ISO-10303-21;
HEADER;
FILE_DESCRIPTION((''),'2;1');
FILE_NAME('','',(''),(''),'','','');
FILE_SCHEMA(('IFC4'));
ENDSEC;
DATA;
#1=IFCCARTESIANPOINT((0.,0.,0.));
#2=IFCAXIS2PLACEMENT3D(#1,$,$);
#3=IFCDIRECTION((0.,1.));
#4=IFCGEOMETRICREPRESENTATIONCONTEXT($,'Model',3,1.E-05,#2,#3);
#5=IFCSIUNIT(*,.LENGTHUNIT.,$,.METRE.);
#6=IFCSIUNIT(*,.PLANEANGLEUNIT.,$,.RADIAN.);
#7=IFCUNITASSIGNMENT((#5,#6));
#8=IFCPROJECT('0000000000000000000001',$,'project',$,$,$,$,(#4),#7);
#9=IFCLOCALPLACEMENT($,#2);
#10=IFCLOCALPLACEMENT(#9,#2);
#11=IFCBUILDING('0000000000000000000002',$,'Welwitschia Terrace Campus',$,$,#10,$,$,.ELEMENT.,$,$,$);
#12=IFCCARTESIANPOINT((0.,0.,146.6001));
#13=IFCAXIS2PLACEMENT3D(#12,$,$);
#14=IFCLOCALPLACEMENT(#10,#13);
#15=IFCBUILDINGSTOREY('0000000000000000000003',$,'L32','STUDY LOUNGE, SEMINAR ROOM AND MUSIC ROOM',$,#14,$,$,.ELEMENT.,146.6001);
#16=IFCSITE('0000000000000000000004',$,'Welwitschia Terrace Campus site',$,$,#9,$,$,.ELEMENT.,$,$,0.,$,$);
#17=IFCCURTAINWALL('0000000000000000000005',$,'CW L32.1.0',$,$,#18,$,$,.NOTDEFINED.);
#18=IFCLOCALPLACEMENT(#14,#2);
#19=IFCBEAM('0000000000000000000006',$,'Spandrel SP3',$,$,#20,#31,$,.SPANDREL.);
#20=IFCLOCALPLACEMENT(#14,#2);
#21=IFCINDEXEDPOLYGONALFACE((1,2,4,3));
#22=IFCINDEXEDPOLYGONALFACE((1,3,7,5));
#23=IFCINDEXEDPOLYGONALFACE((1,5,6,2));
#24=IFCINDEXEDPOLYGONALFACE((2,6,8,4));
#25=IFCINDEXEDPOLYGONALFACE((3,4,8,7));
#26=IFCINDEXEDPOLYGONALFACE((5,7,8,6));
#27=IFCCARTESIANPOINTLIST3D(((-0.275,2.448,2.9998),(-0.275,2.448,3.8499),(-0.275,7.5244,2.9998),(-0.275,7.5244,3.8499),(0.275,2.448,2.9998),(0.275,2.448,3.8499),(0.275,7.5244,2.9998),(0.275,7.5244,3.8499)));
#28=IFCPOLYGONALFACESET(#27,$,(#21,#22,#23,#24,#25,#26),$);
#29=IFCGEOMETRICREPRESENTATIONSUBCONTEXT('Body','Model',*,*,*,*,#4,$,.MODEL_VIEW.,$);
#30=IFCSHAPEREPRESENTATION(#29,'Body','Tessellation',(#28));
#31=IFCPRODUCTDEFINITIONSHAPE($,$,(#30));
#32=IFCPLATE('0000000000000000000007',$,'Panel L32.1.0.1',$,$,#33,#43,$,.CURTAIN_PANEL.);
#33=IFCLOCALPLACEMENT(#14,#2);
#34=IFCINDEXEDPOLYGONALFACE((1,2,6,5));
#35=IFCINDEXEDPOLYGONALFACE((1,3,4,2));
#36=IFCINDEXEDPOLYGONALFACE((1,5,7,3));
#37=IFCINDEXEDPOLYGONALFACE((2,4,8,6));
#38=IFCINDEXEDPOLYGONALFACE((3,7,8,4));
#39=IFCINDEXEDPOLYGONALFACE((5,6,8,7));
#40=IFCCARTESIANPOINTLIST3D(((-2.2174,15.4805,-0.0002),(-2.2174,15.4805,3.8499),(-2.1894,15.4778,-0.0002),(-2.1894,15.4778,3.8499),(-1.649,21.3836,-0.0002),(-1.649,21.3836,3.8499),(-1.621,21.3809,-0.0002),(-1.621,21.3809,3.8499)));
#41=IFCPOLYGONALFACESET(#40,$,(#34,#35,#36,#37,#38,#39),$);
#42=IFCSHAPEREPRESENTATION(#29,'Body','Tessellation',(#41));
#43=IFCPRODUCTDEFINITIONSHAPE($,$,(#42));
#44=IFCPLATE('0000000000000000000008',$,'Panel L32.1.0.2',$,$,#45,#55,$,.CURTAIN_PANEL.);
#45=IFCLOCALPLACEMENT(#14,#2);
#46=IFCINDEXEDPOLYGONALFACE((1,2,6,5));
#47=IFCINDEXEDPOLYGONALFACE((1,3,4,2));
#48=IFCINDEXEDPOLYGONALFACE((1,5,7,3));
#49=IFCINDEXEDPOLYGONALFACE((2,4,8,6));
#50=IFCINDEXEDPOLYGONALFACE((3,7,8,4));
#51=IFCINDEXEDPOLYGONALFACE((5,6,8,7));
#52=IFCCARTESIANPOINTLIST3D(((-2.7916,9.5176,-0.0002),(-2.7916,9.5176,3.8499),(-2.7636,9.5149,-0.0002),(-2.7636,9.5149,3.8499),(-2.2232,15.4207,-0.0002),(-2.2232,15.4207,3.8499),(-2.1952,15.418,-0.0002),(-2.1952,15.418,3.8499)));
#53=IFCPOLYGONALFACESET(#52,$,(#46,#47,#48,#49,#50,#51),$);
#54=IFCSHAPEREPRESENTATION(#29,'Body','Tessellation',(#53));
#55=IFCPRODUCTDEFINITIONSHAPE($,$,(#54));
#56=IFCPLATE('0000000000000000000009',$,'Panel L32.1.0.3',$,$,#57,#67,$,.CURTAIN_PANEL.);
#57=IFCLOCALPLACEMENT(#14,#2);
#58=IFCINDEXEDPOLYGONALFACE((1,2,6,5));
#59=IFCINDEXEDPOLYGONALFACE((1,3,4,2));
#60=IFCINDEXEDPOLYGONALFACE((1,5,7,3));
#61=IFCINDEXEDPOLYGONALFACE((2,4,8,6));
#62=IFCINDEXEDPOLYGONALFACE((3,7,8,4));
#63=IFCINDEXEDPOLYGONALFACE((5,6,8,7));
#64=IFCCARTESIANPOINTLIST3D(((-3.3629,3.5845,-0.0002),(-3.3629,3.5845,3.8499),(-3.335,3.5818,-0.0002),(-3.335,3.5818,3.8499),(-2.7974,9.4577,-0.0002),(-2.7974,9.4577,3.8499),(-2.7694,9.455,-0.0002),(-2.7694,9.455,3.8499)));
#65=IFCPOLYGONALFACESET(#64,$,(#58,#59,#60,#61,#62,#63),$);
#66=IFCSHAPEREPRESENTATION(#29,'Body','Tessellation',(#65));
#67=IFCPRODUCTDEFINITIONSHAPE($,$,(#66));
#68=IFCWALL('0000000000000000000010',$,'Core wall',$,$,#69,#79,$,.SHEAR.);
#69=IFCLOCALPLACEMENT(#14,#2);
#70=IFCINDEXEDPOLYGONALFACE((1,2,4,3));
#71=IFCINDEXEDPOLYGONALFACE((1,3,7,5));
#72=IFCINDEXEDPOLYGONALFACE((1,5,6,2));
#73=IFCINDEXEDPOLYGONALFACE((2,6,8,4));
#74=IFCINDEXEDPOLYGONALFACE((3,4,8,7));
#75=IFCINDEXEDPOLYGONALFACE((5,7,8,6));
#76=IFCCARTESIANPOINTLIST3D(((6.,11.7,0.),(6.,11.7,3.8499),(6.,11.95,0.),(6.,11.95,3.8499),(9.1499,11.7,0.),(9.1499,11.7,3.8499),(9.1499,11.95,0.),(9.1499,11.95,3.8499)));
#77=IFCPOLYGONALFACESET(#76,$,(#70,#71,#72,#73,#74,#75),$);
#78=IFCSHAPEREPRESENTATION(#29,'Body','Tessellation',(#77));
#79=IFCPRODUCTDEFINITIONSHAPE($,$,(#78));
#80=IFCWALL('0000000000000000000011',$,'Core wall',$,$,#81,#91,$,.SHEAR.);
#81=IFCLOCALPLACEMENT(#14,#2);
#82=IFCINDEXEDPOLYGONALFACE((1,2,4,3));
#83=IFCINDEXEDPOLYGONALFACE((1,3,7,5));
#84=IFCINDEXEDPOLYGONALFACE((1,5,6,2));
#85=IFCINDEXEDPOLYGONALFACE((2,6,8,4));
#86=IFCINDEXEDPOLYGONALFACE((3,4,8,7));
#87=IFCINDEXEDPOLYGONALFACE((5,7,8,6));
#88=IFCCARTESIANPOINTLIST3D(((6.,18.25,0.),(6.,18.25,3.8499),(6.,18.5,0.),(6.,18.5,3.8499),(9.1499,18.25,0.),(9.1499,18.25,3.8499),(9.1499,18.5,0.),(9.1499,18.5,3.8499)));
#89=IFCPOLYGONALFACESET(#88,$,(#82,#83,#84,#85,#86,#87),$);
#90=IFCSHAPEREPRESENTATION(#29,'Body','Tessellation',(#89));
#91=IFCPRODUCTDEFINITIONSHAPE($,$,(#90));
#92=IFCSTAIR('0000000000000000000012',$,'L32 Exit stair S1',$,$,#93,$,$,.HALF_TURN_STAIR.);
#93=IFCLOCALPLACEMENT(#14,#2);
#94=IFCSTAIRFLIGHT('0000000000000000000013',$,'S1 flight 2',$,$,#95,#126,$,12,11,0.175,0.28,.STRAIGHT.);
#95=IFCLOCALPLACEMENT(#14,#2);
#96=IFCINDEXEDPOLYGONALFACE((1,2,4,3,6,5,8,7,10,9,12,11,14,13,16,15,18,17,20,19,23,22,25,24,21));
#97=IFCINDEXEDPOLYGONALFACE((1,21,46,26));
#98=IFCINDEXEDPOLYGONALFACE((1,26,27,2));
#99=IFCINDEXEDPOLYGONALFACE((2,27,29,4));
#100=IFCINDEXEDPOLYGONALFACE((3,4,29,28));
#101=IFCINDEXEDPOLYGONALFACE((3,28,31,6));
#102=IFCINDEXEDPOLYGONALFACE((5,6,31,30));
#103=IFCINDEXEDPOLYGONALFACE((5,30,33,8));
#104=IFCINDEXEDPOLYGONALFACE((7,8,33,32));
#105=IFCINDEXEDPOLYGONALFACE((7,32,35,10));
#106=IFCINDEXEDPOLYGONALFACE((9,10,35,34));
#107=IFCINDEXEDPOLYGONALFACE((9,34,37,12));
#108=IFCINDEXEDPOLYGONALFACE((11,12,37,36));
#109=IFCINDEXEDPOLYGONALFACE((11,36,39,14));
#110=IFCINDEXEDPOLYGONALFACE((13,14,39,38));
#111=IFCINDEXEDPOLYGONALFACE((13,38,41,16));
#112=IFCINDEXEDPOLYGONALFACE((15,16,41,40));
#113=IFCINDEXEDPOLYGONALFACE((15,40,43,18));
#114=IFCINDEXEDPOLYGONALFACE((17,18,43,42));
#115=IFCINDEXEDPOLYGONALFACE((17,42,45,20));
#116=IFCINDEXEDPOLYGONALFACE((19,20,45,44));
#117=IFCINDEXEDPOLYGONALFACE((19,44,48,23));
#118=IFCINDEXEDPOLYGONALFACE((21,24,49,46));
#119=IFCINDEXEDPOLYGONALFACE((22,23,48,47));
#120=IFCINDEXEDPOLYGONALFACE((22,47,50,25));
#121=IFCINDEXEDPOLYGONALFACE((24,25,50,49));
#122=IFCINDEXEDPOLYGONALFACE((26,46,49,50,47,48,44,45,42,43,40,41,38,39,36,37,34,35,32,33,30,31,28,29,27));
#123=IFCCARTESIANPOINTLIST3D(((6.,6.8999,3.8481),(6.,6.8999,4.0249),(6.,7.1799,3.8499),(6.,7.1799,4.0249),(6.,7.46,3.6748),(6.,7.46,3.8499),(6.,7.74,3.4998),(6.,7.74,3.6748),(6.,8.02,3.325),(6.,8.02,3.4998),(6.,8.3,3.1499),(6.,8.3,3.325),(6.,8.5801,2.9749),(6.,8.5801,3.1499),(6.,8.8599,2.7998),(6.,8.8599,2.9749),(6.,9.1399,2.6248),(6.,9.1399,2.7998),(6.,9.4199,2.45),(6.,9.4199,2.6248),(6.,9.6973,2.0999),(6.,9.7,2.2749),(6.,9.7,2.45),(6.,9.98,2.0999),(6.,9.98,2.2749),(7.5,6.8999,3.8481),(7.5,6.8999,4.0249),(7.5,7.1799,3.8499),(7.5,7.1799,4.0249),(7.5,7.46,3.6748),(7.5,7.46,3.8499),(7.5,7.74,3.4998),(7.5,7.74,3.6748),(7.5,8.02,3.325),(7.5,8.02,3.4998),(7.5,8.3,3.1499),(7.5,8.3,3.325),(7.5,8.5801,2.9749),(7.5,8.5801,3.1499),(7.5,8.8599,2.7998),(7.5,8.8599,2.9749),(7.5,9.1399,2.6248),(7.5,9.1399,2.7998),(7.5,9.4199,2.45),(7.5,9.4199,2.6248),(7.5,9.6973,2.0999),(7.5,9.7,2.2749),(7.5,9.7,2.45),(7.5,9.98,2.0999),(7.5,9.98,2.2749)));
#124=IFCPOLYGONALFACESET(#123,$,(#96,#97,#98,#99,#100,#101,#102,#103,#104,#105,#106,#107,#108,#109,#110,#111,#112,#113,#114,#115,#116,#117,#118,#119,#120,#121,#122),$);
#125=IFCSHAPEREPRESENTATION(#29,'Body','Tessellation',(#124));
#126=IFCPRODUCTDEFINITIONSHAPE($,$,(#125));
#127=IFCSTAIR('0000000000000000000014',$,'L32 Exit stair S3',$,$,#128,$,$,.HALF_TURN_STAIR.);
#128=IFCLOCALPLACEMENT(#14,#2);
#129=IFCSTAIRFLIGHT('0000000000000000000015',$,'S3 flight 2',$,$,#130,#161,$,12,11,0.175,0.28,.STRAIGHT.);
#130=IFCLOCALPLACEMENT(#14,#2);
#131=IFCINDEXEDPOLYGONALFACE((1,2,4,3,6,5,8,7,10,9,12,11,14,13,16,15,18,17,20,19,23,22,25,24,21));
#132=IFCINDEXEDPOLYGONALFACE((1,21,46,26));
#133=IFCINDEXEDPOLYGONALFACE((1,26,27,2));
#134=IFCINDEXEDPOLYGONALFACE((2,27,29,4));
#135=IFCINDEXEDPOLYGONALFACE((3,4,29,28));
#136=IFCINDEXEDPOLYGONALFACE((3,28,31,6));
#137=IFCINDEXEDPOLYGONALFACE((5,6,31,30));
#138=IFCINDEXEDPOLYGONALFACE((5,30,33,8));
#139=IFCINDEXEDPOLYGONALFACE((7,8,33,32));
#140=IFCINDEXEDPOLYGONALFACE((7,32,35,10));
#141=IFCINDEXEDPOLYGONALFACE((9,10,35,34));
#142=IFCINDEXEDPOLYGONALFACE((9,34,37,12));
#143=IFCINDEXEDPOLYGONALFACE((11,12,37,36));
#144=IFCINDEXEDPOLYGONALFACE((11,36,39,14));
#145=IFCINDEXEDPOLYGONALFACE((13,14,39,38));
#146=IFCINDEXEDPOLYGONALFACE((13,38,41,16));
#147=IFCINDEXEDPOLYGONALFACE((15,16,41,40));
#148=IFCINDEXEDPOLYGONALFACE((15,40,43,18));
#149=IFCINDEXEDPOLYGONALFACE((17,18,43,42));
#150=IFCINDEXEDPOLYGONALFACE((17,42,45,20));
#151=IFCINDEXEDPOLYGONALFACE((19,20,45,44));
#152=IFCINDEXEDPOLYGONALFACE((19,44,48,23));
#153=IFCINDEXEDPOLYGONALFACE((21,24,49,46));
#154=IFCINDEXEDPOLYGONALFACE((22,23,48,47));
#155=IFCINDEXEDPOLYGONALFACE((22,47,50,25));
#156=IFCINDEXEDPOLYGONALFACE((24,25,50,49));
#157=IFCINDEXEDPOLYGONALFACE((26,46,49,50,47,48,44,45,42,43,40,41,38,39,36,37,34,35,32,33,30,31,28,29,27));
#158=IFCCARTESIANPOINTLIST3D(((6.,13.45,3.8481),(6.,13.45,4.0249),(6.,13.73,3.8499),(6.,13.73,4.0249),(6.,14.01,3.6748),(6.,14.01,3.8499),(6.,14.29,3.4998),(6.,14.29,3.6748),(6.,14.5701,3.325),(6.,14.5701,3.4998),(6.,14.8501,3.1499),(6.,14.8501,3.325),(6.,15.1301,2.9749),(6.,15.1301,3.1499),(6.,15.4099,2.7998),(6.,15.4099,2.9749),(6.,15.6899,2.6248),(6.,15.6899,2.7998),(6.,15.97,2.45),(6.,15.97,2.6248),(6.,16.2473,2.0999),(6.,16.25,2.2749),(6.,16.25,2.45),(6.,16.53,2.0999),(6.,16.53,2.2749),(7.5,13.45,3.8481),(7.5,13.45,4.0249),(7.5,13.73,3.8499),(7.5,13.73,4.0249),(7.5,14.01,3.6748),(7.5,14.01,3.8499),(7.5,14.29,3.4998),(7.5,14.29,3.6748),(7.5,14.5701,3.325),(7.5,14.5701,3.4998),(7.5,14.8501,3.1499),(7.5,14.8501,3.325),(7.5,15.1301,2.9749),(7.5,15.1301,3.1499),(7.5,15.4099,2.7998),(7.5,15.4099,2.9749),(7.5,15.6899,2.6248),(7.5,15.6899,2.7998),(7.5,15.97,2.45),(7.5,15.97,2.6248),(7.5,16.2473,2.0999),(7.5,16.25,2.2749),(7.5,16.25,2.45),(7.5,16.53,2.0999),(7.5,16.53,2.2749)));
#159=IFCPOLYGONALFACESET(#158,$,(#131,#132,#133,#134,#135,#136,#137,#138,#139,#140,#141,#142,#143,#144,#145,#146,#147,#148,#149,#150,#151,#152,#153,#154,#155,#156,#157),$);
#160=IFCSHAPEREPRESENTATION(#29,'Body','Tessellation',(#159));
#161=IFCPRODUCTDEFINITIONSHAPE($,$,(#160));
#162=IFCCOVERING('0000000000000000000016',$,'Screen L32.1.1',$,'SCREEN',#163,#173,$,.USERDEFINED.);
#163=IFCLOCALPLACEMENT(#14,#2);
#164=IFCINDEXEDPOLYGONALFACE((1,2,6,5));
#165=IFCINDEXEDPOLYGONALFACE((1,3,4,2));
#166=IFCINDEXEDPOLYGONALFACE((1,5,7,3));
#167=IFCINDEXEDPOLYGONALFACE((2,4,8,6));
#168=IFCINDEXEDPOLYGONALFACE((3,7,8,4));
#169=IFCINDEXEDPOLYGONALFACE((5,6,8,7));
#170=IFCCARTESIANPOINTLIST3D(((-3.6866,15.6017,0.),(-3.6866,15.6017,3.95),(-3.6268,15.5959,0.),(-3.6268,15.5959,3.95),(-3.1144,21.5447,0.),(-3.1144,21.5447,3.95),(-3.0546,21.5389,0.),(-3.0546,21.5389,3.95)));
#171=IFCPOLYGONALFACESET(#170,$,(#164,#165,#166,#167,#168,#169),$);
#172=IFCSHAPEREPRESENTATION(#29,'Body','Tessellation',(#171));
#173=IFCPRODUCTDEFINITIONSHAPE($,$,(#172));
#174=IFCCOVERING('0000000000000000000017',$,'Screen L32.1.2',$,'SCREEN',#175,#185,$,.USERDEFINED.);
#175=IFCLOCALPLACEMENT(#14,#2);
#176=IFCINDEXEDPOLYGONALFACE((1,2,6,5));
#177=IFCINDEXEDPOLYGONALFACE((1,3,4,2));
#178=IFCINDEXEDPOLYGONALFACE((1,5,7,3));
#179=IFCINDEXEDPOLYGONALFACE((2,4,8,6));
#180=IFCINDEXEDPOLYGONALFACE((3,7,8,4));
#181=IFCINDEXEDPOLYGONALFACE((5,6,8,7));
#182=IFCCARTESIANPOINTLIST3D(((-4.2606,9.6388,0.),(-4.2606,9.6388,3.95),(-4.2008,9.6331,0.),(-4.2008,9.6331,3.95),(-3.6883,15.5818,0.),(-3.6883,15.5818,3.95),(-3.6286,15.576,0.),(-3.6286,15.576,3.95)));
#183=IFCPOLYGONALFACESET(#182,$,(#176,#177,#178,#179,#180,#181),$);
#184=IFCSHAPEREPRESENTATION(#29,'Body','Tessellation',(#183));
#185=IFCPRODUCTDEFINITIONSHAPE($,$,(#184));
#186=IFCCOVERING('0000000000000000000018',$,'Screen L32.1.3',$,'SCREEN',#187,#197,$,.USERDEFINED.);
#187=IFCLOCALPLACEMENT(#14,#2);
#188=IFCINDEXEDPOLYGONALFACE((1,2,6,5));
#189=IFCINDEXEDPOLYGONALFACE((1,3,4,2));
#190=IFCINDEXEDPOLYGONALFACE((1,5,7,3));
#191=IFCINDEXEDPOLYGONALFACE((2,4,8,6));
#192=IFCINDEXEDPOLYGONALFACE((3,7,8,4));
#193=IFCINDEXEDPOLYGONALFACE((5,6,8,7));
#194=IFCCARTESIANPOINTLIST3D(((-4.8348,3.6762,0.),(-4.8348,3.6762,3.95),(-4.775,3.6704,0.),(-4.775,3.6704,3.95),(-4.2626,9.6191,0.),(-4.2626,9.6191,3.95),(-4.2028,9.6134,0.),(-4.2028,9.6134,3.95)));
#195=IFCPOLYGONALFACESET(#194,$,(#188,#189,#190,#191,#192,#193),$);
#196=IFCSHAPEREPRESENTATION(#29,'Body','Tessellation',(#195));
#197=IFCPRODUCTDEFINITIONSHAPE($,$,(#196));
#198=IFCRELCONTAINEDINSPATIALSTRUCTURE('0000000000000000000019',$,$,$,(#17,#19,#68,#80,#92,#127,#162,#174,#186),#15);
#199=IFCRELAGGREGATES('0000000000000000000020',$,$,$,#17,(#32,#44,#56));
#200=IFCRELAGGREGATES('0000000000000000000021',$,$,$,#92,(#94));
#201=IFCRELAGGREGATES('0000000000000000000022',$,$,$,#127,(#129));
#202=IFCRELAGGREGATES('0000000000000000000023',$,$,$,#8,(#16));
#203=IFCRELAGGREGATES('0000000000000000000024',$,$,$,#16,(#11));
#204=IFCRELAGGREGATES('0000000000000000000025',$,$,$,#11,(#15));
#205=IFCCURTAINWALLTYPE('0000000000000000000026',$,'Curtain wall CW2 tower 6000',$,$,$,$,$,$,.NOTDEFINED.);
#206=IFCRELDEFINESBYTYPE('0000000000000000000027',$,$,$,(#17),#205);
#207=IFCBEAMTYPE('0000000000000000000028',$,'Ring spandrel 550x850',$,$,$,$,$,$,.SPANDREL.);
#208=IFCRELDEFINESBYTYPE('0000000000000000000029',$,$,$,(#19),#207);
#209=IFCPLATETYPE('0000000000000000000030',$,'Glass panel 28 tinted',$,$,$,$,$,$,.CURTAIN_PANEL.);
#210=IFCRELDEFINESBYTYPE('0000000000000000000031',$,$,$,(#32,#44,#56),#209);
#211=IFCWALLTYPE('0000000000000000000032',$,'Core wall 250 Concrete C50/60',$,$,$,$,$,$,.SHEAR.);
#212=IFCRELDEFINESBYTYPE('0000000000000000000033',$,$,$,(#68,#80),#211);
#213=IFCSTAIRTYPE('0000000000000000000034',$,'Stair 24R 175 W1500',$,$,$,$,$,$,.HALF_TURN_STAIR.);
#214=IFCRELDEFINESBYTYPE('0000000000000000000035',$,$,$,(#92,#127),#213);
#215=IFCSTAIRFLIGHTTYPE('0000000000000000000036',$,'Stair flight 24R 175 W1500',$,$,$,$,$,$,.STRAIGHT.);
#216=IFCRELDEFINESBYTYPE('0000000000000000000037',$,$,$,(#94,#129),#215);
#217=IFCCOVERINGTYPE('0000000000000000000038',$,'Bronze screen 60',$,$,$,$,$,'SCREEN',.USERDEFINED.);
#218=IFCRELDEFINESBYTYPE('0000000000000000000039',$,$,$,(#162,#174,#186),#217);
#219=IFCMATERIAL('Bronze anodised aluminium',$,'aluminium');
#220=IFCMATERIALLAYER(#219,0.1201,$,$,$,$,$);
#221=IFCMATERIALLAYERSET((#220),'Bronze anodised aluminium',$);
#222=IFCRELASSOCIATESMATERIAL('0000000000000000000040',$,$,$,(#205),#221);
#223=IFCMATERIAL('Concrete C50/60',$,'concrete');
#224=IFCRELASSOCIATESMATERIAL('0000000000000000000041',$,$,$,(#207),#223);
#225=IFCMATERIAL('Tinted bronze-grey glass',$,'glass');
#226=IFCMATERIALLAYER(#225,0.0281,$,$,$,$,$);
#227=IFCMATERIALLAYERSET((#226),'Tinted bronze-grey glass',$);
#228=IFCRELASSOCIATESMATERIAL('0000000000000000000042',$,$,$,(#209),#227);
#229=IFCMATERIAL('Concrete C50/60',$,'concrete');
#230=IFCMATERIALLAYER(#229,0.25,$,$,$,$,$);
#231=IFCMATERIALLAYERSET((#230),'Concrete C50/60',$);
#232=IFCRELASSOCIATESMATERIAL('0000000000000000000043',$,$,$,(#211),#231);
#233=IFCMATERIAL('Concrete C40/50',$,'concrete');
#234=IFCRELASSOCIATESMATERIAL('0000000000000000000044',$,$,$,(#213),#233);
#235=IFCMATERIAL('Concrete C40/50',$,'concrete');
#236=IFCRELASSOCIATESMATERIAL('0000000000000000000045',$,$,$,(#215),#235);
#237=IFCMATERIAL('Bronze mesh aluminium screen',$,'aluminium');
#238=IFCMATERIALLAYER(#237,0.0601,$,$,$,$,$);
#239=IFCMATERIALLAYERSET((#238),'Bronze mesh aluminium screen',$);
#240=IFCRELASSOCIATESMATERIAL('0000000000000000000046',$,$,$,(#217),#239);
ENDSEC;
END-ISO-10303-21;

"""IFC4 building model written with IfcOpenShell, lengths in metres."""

from ifc_helpers import new_model, si_unit, direction, frame, frame_2d, origin, origin_2d, place, context, subcontext, project, spatial, polyline, rectangle, outline, extrude, material, layer, layer_set, material_profile, profile_set, type_object, element, aggregate, save


model = new_model("IFC4")

# Units and contexts
model_context = context("Model", 3, precision=1e-05, world=origin(), true_north=direction((0.0, 1.0)))
body_context = subcontext(model_context, "Body", "Model", "MODEL_VIEW")
ifc_project = project(units=[si_unit("LENGTHUNIT", "METRE"), si_unit("PLANEANGLEUNIT", "RADIAN")], contexts=[model_context])

# Site, building, storey
site_placement = place(None, origin())
site = spatial("IfcSite", under=ifc_project, at=site_placement, Name="Welwitschia Terrace Campus site", CompositionType="ELEMENT", RefElevation=0.0)
building_placement = place(site_placement, origin())
building = spatial("IfcBuilding", under=site, at=building_placement, Name="Welwitschia Terrace Campus", CompositionType="ELEMENT")
storey_placement = place(building_placement, frame((0.0, 0.0, 146.6001)))
storey = spatial("IfcBuildingStorey", under=building, at=storey_placement, Name="L32", Description="STUDY LOUNGE, SEMINAR ROOM AND MUSIC ROOM", CompositionType="ELEMENT", Elevation=146.6001)

# Curtain wall
ifc_material_1 = material(Name="Bronze anodised aluminium", Category="aluminium")
ifc_layer_1 = layer(ifc_material_1, 0.1201)
ifc_layer_set_1 = layer_set([ifc_layer_1], Name="Bronze anodised aluminium")
curtain_wall_type = type_object("IfcCurtainWallType", Name="Curtain wall CW2 tower 6000", PredefinedType="NOTDEFINED", material=ifc_layer_set_1)
curtain_wall_placement = place(storey_placement, origin())
curtain_wall = element("IfcCurtainWall", 1, at=curtain_wall_placement, inside=storey, type_object=curtain_wall_type, Name="CW L32.1.0", PredefinedType="NOTDEFINED")

# Beam
ifc_material_2 = material(Name="Concrete C50/60", Category="concrete")
ifc_material_profile_1 = material_profile(ifc_material_2, rectangle(XDim=0.55, YDim=0.8501, at=origin_2d()))
ifc_profile_set_1 = profile_set([ifc_material_profile_1], Name="Concrete C50/60")
beam_type_1 = type_object("IfcBeamType", Name="Ring spandrel 550x850", PredefinedType="SPANDREL", material=ifc_profile_set_1)
beam_1_placement = place(storey_placement, frame((0.0, 7.5244, 3.4248), z_axis=(0.0, -1.0, 0.0), x_axis=(1.0, 0.0, 0.0)))
element("IfcBeam", 2, at=beam_1_placement, inside=storey, type_object=beam_type_1, Name="Spandrel SP3", PredefinedType="SPANDREL", context=body_context, shape_type="SweptSolid", body=[
    extrude(rectangle(XDim=0.55, YDim=0.8501, at=origin_2d()), origin(), (0.0, 0.0, 1.0), 5.0764),
])

# Plates
ifc_material_3 = material(Name="Tinted bronze-grey glass", Category="glass")
ifc_layer_2 = layer(ifc_material_3, 0.0281)
ifc_layer_set_2 = layer_set([ifc_layer_2], Name="Tinted bronze-grey glass")
plate_type = type_object("IfcPlateType", Name="Glass panel 28 tinted", PredefinedType="CURTAIN_PANEL", material=ifc_layer_set_2)
plate_1_placement = place(storey_placement, frame((-1.9192, 18.4307, -0.0002), z_axis=(0.0, 0.0, 1.0), x_axis=(-0.095846, -0.995396, 0.0)))
plate_1 = element("IfcPlate", 3, at=plate_1_placement, type_object=plate_type, Name="Panel L32.1.0.1", PredefinedType="CURTAIN_PANEL", context=body_context, shape_type="SweptSolid", body=[
    extrude(rectangle(XDim=5.9304, YDim=0.0281, at=origin_2d()), origin(), (0.0, 0.0, 1.0), 3.8501),
])
plate_2_placement = place(storey_placement, frame((-2.4934, 12.4678, -0.0002), z_axis=(0.0, 0.0, 1.0), x_axis=(-0.095846, -0.995396, 0.0)))
plate_2 = element("IfcPlate", 4, at=plate_2_placement, type_object=plate_type, Name="Panel L32.1.0.2", PredefinedType="CURTAIN_PANEL", context=body_context, shape_type="SweptSolid", body=[
    extrude(rectangle(XDim=5.9304, YDim=0.0281, at=origin_2d()), origin(), (0.0, 0.0, 1.0), 3.8501),
])
plate_3_placement = place(storey_placement, frame((-3.0662, 6.5198, -0.0002), z_axis=(0.0, 0.0, 1.0), x_axis=(-0.095846, -0.995396, 0.0)))
plate_3 = element("IfcPlate", 5, at=plate_3_placement, type_object=plate_type, Name="Panel L32.1.0.3", PredefinedType="CURTAIN_PANEL", context=body_context, shape_type="SweptSolid", body=[
    extrude(rectangle(XDim=5.9004, YDim=0.0281, at=origin_2d()), origin(), (0.0, 0.0, 1.0), 3.8501),
])
aggregate(curtain_wall, [plate_1, plate_2, plate_3])

# Walls
ifc_material_4 = material(Name="Concrete C50/60", Category="concrete")
ifc_layer_3 = layer(ifc_material_4, 0.25)
ifc_layer_set_3 = layer_set([ifc_layer_3], Name="Concrete C50/60")
wall_type = type_object("IfcWallType", Name="Core wall 250 Concrete C50/60", PredefinedType="SHEAR", material=ifc_layer_set_3)
for number, where, z_axis, x_axis, name in (
    (6, (6.0, 11.825, 0.0), (0.0, 0.0, 1.0), (1.0, 0.0, 0.0), "Core wall"),
    (7, (6.0, 18.375, 0.0), (0.0, 0.0, 1.0), (1.0, 0.0, 0.0), "Core wall"),
):
    element("IfcWall", number, at=place(storey_placement, frame(where, z_axis=z_axis, x_axis=x_axis)), inside=storey, type_object=wall_type, Name=name, PredefinedType="SHEAR", context=body_context, shape_type="SweptSolid", body=[
        extrude(rectangle(XDim=3.1499, YDim=0.25, at=frame_2d((1.575, 0.0))), origin(), (0.0, 0.0, 1.0), 3.8499),
    ])

# Stairs, stair flights
ifc_material_5 = material(Name="Concrete C40/50", Category="concrete")
stair_type = type_object("IfcStairType", Name="Stair 24R 175 W1500", PredefinedType="HALF_TURN_STAIR", material=ifc_material_5)
stair_1_placement = place(storey_placement, origin())
stair_1 = element("IfcStair", 8, at=stair_1_placement, inside=storey, type_object=stair_type, Name="L32 Exit stair S1", PredefinedType="HALF_TURN_STAIR")
ifc_material_6 = material(Name="Concrete C40/50", Category="concrete")
stair_flight_type = type_object("IfcStairFlightType", Name="Stair flight 24R 175 W1500", PredefinedType="STRAIGHT", material=ifc_material_6)
stair_flight_1_placement = place(storey_placement, frame((6.75, 9.98, 2.0999), z_axis=(0.0, 0.0, 1.0), x_axis=(0.0, -1.0, 0.0)))
stair_flight_1 = element("IfcStairFlight", 9, at=stair_flight_1_placement, type_object=stair_flight_type, Name="S1 flight 2", NumberOfRisers=12, NumberOfTreads=11, PredefinedType="STRAIGHT", RiserHeight=0.175, TreadLength=0.28, context=body_context, shape_type="SweptSolid", body=[
    extrude(outline(polyline([(0.0, 0.0), (0.0, 0.175), (0.28, 0.175), (0.28, 0.3501), (0.5601, 0.3501), (0.5601, 0.5249), (0.8401, 0.5249), (0.8401, 0.7), (1.1201, 0.7), (1.1201, 0.875), (1.3999, 0.875), (1.3999, 1.05), (1.6799, 1.05), (1.6799, 1.2251), (1.96, 1.2251), (1.96, 1.3999), (2.24, 1.3999), (2.24, 1.575), (2.52, 1.575), (2.52, 1.75), (2.8, 1.75), (2.8, 1.925), (3.0801, 1.925), (3.0801, 2.1001), (3.0801, 1.7483), (0.2827, 0.0), (0.0, 0.0)])), frame((0.0, 0.75, 0.0), z_axis=(0.0, -1.0, 0.0), x_axis=(1.0, 0.0, 0.0)), (0.0, 0.0, 1.0), 1.5),
])
aggregate(stair_1, [stair_flight_1])
stair_2_placement = place(storey_placement, origin())
stair_2 = element("IfcStair", 10, at=stair_2_placement, inside=storey, type_object=stair_type, Name="L32 Exit stair S3", PredefinedType="HALF_TURN_STAIR")
stair_flight_2_placement = place(storey_placement, frame((6.75, 16.53, 2.0999), z_axis=(0.0, 0.0, 1.0), x_axis=(0.0, -1.0, 0.0)))
stair_flight_2 = element("IfcStairFlight", 11, at=stair_flight_2_placement, type_object=stair_flight_type, Name="S3 flight 2", NumberOfRisers=12, NumberOfTreads=11, PredefinedType="STRAIGHT", RiserHeight=0.175, TreadLength=0.28, context=body_context, shape_type="SweptSolid", body=[
    extrude(outline(polyline([(0.0, 0.0), (0.0, 0.175), (0.28, 0.175), (0.28, 0.3501), (0.5601, 0.3501), (0.5601, 0.5249), (0.8401, 0.5249), (0.8401, 0.7), (1.1201, 0.7), (1.1201, 0.875), (1.3999, 0.875), (1.3999, 1.05), (1.6799, 1.05), (1.6799, 1.2251), (1.96, 1.2251), (1.96, 1.3999), (2.24, 1.3999), (2.24, 1.575), (2.52, 1.575), (2.52, 1.75), (2.8, 1.75), (2.8, 1.925), (3.0801, 1.925), (3.0801, 2.1001), (3.0801, 1.7483), (0.2827, 0.0), (0.0, 0.0)])), frame((0.0, 0.75, 0.0), z_axis=(0.0, -1.0, 0.0), x_axis=(1.0, 0.0, 0.0)), (0.0, 0.0, 1.0), 1.5),
])
aggregate(stair_2, [stair_flight_2])

# Coverings
ifc_material_7 = material(Name="Bronze mesh aluminium screen", Category="aluminium")
ifc_layer_4 = layer(ifc_material_7, 0.0601)
ifc_layer_set_4 = layer_set([ifc_layer_4], Name="Bronze mesh aluminium screen")
covering_type = type_object("IfcCoveringType", Name="Bronze screen 60", ElementType="SCREEN", PredefinedType="USERDEFINED", material=ifc_layer_set_4)
for number, where, z_axis, x_axis, name in (
    (12, (-3.3706, 18.5703, 0.0), (0.0, 0.0, 1.0), (-0.095846, -0.995396, 0.0), "Screen L32.1.1"),
    (13, (-3.9446, 12.6074, 0.0), (0.0, 0.0, 1.0), (-0.095846, -0.995396, 0.0), "Screen L32.1.2"),
    (14, (-4.5188, 6.6448, 0.0), (0.0, 0.0, 1.0), (-0.095846, -0.995396, 0.0), "Screen L32.1.3"),
):
    element("IfcCovering", number, at=place(storey_placement, frame(where, z_axis=z_axis, x_axis=x_axis)), inside=storey, type_object=covering_type, Name=name, ObjectType="SCREEN", PredefinedType="USERDEFINED", context=body_context, shape_type="SweptSolid", body=[
        extrude(rectangle(XDim=5.9705, YDim=0.0601, at=origin_2d()), origin(), (0.0, 0.0, 1.0), 3.95),
    ])

save(model, "model.ifc")
